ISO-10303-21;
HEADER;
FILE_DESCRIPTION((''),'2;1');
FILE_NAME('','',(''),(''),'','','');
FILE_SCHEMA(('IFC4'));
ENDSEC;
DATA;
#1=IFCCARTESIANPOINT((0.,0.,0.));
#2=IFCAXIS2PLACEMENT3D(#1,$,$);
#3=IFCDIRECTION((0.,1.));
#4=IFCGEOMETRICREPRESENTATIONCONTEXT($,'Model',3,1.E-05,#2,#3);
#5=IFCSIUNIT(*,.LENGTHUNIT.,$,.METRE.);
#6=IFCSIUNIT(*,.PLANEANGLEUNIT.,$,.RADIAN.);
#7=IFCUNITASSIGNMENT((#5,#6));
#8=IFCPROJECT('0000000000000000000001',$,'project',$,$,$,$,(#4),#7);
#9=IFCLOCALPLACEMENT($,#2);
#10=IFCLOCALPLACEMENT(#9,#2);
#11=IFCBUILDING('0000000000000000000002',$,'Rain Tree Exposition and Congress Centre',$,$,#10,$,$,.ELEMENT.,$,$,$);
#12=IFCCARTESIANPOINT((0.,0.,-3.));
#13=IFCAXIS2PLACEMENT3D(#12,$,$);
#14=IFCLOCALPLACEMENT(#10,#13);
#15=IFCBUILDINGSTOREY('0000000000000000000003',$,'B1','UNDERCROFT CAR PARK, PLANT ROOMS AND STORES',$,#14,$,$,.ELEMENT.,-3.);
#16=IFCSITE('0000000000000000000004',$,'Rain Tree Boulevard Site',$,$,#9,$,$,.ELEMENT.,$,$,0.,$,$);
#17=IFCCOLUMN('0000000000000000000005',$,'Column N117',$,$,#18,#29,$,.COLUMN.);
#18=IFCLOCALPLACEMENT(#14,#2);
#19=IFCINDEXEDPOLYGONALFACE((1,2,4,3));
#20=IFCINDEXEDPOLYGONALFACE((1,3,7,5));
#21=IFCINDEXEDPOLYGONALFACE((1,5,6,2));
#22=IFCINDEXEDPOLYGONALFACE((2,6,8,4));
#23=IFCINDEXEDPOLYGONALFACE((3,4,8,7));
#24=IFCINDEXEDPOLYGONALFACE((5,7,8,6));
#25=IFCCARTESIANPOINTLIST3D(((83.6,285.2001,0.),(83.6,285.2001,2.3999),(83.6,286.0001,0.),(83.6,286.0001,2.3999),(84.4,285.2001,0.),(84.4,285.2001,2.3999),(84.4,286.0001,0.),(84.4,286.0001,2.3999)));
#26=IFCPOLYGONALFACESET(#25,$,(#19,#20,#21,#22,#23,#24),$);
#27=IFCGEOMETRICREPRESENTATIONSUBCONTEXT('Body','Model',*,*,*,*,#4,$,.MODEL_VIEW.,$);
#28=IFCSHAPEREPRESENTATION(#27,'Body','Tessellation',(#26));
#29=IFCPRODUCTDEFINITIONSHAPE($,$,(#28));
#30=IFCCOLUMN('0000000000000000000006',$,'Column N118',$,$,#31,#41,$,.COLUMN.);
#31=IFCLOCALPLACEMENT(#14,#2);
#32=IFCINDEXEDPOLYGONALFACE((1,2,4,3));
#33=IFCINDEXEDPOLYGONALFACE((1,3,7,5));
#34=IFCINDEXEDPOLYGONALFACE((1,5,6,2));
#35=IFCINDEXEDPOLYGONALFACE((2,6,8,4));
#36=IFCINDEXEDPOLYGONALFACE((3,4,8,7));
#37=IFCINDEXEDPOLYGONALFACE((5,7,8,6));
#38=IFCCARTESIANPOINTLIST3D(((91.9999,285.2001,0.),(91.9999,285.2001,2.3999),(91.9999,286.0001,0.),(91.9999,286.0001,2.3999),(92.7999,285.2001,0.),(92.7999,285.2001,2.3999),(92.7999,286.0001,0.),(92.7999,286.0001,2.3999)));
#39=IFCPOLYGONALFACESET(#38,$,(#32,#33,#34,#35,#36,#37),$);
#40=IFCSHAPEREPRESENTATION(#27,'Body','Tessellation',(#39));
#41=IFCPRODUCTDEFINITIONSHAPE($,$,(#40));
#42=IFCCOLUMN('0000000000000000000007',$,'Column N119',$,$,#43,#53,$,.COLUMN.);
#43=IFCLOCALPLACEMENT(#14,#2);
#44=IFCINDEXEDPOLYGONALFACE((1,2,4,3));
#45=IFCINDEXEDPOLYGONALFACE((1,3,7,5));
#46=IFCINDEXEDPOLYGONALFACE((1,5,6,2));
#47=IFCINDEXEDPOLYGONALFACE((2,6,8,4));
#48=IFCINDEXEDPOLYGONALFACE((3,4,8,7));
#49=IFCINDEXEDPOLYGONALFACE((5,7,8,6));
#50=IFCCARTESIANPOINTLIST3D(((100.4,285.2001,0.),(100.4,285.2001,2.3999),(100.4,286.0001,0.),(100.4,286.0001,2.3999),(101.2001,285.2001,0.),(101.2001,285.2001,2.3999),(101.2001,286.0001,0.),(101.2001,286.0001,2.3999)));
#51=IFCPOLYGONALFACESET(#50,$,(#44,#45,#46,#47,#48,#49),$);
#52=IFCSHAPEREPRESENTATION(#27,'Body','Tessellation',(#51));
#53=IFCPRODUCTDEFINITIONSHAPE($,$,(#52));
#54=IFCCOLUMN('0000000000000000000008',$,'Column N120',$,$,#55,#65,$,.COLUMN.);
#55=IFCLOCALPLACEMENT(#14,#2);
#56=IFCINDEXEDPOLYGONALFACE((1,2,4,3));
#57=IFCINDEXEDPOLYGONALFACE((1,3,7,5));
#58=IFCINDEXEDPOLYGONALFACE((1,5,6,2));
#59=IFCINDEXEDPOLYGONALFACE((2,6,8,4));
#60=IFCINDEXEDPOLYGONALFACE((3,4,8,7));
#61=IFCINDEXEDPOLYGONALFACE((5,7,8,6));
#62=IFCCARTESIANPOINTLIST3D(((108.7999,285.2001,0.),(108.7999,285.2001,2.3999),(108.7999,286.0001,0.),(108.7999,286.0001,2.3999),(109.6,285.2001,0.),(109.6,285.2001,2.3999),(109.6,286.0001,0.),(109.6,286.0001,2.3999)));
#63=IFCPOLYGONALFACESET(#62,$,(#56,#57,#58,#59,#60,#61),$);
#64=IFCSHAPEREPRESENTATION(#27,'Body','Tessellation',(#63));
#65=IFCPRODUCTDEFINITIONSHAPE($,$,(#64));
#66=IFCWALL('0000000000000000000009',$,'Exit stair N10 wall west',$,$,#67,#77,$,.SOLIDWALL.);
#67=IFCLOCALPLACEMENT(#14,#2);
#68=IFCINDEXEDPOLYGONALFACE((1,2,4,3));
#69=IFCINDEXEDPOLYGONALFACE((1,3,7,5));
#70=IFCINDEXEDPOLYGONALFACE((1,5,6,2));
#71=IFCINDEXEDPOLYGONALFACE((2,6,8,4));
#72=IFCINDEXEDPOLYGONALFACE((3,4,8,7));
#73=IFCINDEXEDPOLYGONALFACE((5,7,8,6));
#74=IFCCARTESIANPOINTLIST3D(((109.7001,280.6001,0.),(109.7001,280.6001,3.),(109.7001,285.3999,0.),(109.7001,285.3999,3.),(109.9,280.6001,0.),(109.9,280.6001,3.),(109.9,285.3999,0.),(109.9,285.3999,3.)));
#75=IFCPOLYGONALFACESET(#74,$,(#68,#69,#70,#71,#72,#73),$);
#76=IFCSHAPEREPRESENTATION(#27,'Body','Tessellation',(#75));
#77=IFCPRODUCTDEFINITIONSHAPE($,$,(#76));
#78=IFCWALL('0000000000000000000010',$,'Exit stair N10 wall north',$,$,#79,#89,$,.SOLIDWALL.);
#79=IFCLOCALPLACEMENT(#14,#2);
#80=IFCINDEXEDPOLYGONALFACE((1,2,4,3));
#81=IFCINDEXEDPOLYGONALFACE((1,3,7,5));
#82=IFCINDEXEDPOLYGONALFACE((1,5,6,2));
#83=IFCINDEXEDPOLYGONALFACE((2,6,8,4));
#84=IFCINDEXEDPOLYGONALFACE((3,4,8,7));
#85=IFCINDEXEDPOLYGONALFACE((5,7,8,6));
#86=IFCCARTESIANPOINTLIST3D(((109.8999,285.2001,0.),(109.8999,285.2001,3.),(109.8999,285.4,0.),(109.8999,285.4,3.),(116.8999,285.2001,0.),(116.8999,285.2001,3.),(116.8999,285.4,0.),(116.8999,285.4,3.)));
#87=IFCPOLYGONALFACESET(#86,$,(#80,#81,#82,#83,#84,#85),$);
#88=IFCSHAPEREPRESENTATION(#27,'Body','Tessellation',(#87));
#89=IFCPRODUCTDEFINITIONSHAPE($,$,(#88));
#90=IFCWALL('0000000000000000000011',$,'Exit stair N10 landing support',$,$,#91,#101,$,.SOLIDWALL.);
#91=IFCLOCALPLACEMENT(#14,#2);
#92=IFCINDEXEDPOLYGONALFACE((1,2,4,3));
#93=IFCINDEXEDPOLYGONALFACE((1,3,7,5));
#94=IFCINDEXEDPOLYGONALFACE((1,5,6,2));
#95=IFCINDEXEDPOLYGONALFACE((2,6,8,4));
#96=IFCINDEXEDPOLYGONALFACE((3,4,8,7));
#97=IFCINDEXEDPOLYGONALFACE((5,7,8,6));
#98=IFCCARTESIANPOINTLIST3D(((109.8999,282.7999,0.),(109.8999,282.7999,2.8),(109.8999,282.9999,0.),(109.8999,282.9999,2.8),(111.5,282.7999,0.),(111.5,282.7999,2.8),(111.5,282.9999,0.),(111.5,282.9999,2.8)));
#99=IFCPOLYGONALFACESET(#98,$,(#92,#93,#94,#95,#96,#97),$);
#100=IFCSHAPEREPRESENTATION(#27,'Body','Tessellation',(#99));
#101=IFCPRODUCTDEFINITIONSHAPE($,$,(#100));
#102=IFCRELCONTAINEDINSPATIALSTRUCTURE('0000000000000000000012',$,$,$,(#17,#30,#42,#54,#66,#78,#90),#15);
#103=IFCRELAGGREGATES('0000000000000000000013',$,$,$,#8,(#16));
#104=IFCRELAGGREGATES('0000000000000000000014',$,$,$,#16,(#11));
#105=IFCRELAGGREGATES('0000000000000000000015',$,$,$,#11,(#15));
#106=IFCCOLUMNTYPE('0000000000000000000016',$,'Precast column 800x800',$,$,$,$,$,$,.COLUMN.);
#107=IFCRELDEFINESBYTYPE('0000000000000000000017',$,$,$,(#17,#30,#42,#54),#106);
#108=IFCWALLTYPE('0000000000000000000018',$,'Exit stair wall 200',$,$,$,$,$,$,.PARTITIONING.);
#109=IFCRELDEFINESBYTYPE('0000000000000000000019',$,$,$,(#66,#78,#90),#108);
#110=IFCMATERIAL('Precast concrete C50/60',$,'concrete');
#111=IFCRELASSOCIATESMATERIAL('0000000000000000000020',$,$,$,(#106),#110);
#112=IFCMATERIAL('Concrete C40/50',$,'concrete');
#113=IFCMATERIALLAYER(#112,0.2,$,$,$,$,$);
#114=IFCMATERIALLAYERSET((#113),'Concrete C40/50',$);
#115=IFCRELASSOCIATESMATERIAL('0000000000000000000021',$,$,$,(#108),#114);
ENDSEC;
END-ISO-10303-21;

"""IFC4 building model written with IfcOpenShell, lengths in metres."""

from ifc_helpers import new_model, si_unit, direction, frame, frame_2d, origin, origin_2d, place, context, subcontext, project, spatial, rectangle, extrude, material, layer, layer_set, material_profile, profile_set, type_object, element, save


model = new_model("IFC4")

# Units and contexts
model_context = context("Model", 3, precision=1e-05, world=origin(), true_north=direction((0.0, 1.0)))
body_context = subcontext(model_context, "Body", "Model", "MODEL_VIEW")
ifc_project = project(units=[si_unit("LENGTHUNIT", "METRE"), si_unit("PLANEANGLEUNIT", "RADIAN")], contexts=[model_context])

# Site, building, storey
site_placement = place(None, origin())
site = spatial("IfcSite", under=ifc_project, at=site_placement, Name="Rain Tree Boulevard Site", CompositionType="ELEMENT", RefElevation=0.0)
building_placement = place(site_placement, origin())
building = spatial("IfcBuilding", under=site, at=building_placement, Name="Rain Tree Exposition and Congress Centre", CompositionType="ELEMENT")
storey_placement = place(building_placement, frame((0.0, 0.0, -3.0)))
storey = spatial("IfcBuildingStorey", under=building, at=storey_placement, Name="B1", Description="UNDERCROFT CAR PARK, PLANT ROOMS AND STORES", CompositionType="ELEMENT", Elevation=-3.0)

# Columns
ifc_material_1 = material(Name="Precast concrete C50/60", Category="concrete")
ifc_material_profile_1 = material_profile(ifc_material_1, rectangle(XDim=0.8, YDim=0.8, at=origin_2d()), Name="RC 800x800")
ifc_profile_set_1 = profile_set([ifc_material_profile_1], Name="Precast concrete C50/60")
column_type = type_object("IfcColumnType", Name="Precast column 800x800", PredefinedType="COLUMN", material=ifc_profile_set_1)
for number, where, z_axis, x_axis, name in (
    (1, (84.0, 285.6001, 0.0), (0.0, 0.0, 1.0), (1.0, 0.0, 0.0), "Column N117"),
    (2, (92.3999, 285.6001, 0.0), (0.0, 0.0, 1.0), (1.0, 0.0, 0.0), "Column N118"),
    (3, (100.8, 285.6001, 0.0), (0.0, 0.0, 1.0), (1.0, 0.0, 0.0), "Column N119"),
    (4, (109.2, 285.6001, 0.0), (0.0, 0.0, 1.0), (1.0, 0.0, 0.0), "Column N120"),
):
    element("IfcColumn", number, at=place(storey_placement, frame(where, z_axis=z_axis, x_axis=x_axis)), inside=storey, type_object=column_type, Name=name, PredefinedType="COLUMN", context=body_context, shape_type="SweptSolid", body=[
        extrude(rectangle(XDim=0.8, YDim=0.8, at=origin_2d()), origin(), (0.0, 0.0, 1.0), 2.3999),
    ])

# Wall
ifc_material_2 = material(Name="Concrete C40/50", Category="concrete")
ifc_layer = layer(ifc_material_2, 0.2)
ifc_layer_set = layer_set([ifc_layer], Name="Concrete C40/50")
wall_type = type_object("IfcWallType", Name="Exit stair wall 200", PredefinedType="PARTITIONING", material=ifc_layer_set)
wall_1_placement = place(storey_placement, frame((109.8, 280.6001, 0.0), z_axis=(0.0, 0.0, 1.0), x_axis=(0.0, 1.0, 0.0)))
element("IfcWall", 5, at=wall_1_placement, inside=storey, type_object=wall_type, Name="Exit stair N10 wall west", PredefinedType="SOLIDWALL", context=body_context, shape_type="SweptSolid", body=[
    extrude(rectangle(XDim=4.7998, YDim=0.2, at=frame_2d((2.3999, 0.0))), origin(), (0.0, 0.0, 1.0), 3.0),
])

# Walls
wall_2_placement = place(storey_placement, frame((109.8999, 285.3, 0.0), z_axis=(0.0, 0.0, 1.0), x_axis=(1.0, 0.0, 0.0)))
element("IfcWall", 6, at=wall_2_placement, inside=storey, type_object=wall_type, Name="Exit stair N10 wall north", PredefinedType="SOLIDWALL", context=body_context, shape_type="SweptSolid", body=[
    extrude(rectangle(XDim=7.0, YDim=0.2, at=frame_2d((3.5, 0.0))), origin(), (0.0, 0.0, 1.0), 3.0),
])
wall_3_placement = place(storey_placement, frame((109.8999, 282.8999, 0.0), z_axis=(0.0, 0.0, 1.0), x_axis=(1.0, 0.0, 0.0)))
element("IfcWall", 7, at=wall_3_placement, inside=storey, type_object=wall_type, Name="Exit stair N10 landing support", PredefinedType="SOLIDWALL", context=body_context, shape_type="SweptSolid", body=[
    extrude(rectangle(XDim=1.6001, YDim=0.2, at=frame_2d((0.8, 0.0))), origin(), (0.0, 0.0, 1.0), 2.8),
])

save(model, "model.ifc")
